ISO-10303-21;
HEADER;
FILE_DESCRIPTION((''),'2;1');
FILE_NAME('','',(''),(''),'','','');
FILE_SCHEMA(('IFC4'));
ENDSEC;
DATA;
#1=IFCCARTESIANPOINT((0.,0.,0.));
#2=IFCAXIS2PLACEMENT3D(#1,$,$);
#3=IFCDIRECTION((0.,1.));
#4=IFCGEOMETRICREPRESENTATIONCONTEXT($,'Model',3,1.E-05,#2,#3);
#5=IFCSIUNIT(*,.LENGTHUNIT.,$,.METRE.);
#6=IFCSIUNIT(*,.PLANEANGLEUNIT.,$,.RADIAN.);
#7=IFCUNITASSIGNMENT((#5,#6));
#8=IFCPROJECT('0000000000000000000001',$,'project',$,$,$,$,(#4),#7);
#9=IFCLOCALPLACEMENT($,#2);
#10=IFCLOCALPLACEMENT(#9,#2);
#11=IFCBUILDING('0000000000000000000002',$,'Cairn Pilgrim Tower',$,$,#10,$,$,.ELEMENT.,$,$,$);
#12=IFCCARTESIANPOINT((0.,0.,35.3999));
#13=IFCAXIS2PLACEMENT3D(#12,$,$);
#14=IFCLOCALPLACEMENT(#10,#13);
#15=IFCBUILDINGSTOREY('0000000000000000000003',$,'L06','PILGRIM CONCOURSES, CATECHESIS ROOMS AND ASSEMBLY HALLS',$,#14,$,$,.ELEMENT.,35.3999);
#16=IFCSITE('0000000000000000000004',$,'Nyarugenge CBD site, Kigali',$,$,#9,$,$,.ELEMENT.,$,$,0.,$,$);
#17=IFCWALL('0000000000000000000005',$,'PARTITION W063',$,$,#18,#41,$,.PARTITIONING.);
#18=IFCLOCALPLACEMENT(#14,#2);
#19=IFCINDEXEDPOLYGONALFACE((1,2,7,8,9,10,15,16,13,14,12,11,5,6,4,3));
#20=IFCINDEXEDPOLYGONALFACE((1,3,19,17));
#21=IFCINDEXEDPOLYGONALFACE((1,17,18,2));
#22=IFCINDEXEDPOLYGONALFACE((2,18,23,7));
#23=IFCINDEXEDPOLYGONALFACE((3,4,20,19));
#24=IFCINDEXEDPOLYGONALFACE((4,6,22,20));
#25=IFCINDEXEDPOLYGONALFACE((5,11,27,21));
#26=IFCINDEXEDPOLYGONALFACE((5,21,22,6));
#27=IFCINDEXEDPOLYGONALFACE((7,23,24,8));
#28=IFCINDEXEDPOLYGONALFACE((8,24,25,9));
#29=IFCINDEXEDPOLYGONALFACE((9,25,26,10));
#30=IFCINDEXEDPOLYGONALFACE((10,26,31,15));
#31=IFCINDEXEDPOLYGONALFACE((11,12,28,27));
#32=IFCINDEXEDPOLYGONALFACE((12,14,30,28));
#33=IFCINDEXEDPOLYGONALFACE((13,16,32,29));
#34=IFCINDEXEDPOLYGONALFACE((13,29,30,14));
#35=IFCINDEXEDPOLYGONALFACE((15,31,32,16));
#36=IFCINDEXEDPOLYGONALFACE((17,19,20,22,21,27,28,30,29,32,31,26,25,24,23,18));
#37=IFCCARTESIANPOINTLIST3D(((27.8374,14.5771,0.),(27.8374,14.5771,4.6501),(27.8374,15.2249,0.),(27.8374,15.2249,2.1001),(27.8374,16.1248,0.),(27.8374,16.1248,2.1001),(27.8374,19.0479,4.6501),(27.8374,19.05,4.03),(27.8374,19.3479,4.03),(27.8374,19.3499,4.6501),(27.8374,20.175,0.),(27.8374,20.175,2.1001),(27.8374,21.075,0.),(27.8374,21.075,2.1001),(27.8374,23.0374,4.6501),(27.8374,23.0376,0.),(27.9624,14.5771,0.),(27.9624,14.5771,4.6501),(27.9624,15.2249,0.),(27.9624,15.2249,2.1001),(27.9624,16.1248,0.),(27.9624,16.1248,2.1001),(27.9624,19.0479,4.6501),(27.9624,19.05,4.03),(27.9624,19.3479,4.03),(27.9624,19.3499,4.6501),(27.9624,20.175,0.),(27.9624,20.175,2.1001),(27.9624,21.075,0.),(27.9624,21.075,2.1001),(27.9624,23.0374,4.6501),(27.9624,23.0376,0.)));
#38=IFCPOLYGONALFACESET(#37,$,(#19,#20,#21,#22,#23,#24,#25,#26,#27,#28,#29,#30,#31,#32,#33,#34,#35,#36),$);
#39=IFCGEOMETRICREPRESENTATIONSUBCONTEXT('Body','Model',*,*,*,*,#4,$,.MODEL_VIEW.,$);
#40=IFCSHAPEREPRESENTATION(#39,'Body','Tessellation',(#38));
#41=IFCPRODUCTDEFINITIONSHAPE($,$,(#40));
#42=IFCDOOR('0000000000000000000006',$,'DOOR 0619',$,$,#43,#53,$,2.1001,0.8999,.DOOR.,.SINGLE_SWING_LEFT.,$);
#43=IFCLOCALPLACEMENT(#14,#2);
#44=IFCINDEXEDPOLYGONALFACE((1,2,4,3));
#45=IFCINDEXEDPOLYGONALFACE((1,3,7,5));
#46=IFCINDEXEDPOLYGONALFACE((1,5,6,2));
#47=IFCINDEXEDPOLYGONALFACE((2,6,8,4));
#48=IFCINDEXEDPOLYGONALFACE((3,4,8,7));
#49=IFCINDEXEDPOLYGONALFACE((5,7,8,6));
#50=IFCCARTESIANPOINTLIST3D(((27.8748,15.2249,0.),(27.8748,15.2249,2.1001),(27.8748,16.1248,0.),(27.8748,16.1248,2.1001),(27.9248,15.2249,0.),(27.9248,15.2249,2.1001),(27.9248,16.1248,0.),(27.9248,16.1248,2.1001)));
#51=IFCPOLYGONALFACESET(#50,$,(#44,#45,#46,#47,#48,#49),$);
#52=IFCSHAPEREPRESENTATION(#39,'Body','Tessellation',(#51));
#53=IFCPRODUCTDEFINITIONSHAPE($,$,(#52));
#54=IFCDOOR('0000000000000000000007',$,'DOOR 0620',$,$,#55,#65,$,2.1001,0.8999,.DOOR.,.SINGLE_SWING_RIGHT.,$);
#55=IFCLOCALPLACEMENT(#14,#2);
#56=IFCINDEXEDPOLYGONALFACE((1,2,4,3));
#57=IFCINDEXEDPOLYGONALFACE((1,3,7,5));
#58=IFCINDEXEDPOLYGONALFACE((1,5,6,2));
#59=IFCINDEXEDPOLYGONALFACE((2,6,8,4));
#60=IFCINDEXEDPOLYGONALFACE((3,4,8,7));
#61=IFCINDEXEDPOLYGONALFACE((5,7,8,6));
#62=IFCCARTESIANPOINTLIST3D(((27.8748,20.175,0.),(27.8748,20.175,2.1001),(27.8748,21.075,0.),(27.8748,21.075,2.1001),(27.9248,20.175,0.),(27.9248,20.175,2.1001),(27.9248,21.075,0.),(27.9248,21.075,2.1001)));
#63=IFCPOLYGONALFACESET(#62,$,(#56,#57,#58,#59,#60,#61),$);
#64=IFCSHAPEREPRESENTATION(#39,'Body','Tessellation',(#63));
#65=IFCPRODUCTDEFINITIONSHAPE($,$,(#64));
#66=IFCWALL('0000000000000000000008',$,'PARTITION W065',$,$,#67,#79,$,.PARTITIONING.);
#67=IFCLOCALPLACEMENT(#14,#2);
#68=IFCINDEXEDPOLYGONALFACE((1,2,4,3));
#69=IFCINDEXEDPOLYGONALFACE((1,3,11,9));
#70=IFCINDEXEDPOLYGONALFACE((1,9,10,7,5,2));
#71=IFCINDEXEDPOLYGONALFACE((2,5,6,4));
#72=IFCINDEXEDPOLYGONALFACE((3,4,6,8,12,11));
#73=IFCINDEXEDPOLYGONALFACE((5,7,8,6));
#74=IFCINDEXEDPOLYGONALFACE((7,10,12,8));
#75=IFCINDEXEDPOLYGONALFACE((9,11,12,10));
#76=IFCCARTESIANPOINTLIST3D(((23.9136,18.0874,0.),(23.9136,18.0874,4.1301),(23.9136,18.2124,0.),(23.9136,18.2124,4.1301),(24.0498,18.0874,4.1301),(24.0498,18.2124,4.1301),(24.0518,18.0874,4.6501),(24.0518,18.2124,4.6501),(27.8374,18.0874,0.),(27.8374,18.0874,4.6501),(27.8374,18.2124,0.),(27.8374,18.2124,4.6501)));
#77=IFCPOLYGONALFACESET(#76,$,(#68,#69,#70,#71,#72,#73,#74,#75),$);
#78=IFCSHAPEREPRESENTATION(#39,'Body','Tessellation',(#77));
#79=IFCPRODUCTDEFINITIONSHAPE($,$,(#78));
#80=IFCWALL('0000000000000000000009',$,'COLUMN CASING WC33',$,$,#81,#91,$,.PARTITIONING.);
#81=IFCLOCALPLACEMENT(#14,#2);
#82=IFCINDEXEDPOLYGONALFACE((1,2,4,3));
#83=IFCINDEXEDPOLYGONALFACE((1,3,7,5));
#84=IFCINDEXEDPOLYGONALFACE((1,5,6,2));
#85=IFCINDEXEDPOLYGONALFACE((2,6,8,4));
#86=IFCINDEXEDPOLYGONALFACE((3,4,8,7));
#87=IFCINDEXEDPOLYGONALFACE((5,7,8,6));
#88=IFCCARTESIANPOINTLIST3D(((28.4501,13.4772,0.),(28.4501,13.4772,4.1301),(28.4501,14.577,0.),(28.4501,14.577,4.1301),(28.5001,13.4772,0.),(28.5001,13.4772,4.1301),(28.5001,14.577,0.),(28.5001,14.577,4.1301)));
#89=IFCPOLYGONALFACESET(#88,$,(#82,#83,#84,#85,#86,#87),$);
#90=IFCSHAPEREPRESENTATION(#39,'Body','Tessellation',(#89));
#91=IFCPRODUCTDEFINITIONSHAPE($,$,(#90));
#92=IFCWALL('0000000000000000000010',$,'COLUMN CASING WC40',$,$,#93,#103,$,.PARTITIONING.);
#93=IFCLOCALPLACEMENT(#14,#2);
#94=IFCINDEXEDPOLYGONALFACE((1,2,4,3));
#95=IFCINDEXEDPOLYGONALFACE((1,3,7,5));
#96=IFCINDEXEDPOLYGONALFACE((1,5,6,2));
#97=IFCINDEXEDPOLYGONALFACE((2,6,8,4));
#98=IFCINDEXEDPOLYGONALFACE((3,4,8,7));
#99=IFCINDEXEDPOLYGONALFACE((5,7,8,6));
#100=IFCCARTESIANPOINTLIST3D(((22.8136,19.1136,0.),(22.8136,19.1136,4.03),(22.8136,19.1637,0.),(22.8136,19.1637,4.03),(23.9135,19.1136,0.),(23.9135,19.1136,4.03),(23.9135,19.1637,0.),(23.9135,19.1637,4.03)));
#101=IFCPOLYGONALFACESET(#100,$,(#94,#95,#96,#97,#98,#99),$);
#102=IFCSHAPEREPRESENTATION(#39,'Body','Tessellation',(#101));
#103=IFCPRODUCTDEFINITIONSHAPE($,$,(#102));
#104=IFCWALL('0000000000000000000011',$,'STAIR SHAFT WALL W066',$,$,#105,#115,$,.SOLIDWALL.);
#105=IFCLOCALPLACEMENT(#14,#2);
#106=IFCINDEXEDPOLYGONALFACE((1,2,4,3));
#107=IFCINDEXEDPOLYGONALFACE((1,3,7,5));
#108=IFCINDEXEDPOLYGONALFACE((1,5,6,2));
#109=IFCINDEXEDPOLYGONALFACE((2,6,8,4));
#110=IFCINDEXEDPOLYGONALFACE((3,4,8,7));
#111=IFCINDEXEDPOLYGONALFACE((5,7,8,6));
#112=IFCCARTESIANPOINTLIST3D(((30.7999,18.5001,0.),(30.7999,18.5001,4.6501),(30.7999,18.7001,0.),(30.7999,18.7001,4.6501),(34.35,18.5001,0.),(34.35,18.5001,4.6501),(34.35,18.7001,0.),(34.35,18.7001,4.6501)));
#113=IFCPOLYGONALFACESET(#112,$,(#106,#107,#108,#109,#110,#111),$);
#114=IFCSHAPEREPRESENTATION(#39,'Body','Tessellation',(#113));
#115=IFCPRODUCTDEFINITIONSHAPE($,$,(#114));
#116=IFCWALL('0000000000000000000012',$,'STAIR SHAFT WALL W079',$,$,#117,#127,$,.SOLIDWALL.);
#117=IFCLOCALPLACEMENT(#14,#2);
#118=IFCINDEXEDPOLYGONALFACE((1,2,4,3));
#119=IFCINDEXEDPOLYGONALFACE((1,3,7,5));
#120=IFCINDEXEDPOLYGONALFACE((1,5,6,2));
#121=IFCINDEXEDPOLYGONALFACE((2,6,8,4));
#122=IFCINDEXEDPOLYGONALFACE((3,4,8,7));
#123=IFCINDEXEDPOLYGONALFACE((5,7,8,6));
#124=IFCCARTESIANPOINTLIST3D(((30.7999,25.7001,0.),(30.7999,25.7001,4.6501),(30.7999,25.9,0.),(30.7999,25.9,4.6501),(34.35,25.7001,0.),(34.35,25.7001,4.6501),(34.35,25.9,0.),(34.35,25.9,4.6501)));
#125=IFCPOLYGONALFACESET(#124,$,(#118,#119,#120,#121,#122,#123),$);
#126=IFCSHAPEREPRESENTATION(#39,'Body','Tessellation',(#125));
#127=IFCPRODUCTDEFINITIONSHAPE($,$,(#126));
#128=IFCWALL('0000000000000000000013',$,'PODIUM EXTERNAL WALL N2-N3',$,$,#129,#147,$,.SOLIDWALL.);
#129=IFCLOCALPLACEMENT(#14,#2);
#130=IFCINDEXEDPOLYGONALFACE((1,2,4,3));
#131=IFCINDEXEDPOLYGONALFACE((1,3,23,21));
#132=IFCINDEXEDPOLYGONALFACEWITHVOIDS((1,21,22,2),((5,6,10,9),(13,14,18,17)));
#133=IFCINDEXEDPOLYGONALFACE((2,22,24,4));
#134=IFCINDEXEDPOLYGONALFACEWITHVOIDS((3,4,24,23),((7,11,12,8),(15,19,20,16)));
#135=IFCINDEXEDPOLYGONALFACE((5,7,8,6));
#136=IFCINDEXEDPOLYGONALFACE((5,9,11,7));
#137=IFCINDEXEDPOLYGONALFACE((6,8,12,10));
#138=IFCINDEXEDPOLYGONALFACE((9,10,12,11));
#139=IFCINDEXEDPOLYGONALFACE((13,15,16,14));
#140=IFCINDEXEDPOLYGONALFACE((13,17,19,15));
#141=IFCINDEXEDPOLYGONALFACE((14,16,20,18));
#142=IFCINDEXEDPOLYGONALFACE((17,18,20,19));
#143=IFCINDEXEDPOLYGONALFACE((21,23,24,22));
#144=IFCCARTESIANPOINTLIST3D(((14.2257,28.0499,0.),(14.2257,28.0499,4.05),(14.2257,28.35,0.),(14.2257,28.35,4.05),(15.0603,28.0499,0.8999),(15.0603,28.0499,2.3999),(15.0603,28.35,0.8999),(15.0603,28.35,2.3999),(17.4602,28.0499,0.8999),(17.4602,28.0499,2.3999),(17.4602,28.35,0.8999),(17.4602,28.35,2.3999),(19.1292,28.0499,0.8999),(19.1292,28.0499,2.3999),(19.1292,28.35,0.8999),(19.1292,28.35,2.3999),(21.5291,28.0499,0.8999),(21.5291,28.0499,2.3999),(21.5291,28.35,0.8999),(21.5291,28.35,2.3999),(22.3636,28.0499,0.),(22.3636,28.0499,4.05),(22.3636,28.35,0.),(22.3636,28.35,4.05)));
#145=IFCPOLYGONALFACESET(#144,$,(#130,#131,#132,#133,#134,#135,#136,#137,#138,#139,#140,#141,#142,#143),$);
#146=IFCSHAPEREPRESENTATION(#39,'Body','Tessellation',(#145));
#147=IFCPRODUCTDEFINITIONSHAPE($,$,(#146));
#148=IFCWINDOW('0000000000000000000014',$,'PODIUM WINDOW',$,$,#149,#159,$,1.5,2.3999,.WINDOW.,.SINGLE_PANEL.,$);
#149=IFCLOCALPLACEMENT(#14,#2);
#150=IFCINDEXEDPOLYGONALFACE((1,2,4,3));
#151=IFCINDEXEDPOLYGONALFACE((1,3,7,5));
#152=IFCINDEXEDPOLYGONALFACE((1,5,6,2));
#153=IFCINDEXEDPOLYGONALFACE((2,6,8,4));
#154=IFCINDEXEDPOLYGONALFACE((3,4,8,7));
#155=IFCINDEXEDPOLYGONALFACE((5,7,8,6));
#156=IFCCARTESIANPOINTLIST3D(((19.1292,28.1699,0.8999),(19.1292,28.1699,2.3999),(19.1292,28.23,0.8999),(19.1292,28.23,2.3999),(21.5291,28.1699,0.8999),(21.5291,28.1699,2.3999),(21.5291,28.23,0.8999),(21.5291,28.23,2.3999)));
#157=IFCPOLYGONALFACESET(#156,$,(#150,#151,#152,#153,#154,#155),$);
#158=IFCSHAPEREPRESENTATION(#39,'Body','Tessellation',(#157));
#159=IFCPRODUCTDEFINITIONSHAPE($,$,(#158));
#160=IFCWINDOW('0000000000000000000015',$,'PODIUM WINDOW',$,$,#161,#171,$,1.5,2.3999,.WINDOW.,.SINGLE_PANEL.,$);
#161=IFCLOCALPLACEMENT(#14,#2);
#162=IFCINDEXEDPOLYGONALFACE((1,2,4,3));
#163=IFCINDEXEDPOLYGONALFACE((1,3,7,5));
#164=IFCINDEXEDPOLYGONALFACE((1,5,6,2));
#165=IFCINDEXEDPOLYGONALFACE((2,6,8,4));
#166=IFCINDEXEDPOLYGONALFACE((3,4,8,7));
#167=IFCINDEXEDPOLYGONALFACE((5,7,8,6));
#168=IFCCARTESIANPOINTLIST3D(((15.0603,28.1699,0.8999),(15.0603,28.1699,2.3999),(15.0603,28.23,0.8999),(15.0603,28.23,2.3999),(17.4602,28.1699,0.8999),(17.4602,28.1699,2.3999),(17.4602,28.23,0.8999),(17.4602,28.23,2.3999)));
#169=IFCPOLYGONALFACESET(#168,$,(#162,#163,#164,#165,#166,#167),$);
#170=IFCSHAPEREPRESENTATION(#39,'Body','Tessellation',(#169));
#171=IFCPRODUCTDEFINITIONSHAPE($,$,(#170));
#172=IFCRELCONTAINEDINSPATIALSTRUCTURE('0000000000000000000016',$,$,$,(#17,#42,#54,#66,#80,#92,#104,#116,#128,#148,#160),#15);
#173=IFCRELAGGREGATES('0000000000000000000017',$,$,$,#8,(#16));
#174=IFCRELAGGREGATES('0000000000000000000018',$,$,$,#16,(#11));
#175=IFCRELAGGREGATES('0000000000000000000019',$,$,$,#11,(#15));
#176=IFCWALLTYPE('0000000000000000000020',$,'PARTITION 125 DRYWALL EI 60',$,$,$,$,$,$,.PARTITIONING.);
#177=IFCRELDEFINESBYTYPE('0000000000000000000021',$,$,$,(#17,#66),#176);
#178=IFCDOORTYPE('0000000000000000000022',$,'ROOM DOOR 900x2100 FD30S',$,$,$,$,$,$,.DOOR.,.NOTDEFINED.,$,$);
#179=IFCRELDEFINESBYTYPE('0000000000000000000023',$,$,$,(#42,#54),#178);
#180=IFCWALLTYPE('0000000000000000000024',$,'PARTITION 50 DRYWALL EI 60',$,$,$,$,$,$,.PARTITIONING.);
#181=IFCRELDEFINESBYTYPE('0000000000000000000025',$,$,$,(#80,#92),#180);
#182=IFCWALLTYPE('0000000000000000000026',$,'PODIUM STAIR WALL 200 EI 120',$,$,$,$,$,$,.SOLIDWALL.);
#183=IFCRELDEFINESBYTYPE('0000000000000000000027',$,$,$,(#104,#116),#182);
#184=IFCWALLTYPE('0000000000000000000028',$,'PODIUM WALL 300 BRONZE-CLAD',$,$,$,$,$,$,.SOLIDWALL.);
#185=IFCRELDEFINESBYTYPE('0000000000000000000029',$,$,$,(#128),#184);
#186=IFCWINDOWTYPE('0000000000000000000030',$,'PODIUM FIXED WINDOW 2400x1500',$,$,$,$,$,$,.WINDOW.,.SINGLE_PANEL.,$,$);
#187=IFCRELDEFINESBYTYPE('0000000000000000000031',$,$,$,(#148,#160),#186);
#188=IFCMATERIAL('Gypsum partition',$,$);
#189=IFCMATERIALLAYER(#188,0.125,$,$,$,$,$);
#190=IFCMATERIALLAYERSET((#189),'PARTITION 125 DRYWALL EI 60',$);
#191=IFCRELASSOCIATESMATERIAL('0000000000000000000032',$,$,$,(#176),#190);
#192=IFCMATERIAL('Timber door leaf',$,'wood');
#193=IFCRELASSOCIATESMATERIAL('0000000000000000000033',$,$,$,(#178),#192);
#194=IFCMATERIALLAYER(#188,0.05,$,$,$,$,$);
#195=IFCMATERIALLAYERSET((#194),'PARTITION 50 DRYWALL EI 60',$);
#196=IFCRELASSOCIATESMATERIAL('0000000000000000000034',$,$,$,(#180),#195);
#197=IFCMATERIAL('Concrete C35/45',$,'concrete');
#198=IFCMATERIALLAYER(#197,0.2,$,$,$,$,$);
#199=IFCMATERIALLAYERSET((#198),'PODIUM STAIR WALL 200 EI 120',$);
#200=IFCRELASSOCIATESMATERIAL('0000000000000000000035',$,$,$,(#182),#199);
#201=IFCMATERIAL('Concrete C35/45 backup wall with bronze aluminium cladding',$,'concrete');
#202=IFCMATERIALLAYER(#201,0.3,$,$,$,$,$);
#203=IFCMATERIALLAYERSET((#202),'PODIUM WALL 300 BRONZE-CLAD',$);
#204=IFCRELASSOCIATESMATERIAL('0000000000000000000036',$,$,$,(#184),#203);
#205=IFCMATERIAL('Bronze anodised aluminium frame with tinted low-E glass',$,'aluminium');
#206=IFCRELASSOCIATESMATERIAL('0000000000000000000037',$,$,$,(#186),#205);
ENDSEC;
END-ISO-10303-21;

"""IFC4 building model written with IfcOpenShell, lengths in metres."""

from ifc_helpers import new_model, si_unit, direction, frame, frame_2d, origin, place, context, subcontext, project, spatial, polyline, rectangle, outline, extrude, material, layer, layer_set, type_object, element, fill, save


model = new_model("IFC4")

# Units and contexts
model_context = context("Model", 3, precision=1e-05, world=origin(), true_north=direction((0.0, 1.0)))
body_context = subcontext(model_context, "Body", "Model", "MODEL_VIEW")
ifc_project = project(units=[si_unit("LENGTHUNIT", "METRE"), si_unit("PLANEANGLEUNIT", "RADIAN")], contexts=[model_context])

# Site, building, storey
site_placement = place(None, origin())
site = spatial("IfcSite", under=ifc_project, at=site_placement, Name="Nyarugenge CBD site, Kigali", CompositionType="ELEMENT", RefElevation=0.0)
building_placement = place(site_placement, origin())
building = spatial("IfcBuilding", under=site, at=building_placement, Name="Cairn Pilgrim Tower", CompositionType="ELEMENT")
storey_placement = place(building_placement, frame((0.0, 0.0, 35.3999)))
storey = spatial("IfcBuildingStorey", under=building, at=storey_placement, Name="L06", Description="PILGRIM CONCOURSES, CATECHESIS ROOMS AND ASSEMBLY HALLS", CompositionType="ELEMENT", Elevation=35.3999)

# Wall, openings, doors
ifc_material_1 = material(Name="Gypsum partition")
ifc_layer_1 = layer(ifc_material_1, 0.125)
ifc_layer_set_1 = layer_set([ifc_layer_1], Name="PARTITION 125 DRYWALL EI 60")
wall_type_1 = type_object("IfcWallType", Name="PARTITION 125 DRYWALL EI 60", PredefinedType="PARTITIONING", material=ifc_layer_set_1)
wall_1_placement = place(storey_placement, frame((27.8999, 14.5771, 0.0), z_axis=(0.0, 0.0, 1.0), x_axis=(0.0, 1.0, 0.0)))
wall_1 = element("IfcWall", 1, at=wall_1_placement, inside=storey, type_object=wall_type_1, Name="PARTITION W063", PredefinedType="PARTITIONING", context=body_context, shape_type="SweptSolid", body=[
    extrude(outline(polyline([(0.0, 0.0), (8.4604, 0.0), (8.4602, 4.6501), (4.7727, 4.6501), (4.7708, 4.03), (4.4729, 4.03), (4.4707, 4.6501), (0.0, 4.6501), (0.0, 0.0)])), frame((0.0, 0.0625, 0.0), z_axis=(0.0, -1.0, 0.0), x_axis=(1.0, 0.0, 0.0)), (0.0, 0.0, 1.0), 0.125),
])
opening_1_placement = place(wall_1_placement, frame((0.6477, 0.0, 0.0)))
opening_1 = element("IfcOpeningElement", 2, at=opening_1_placement, cuts=wall_1, PredefinedType="OPENING", context=body_context, shape_type="SweptSolid", body=[
    extrude(rectangle(XDim=0.8999, YDim=2.1001, at=frame_2d((0.45, 1.05))), frame((0.0, 0.0725, 0.0), z_axis=(0.0, -1.0, 0.0), x_axis=(1.0, 0.0, 0.0)), (0.0, 0.0, 1.0), 0.145),
])
opening_2_placement = place(wall_1_placement, frame((5.5979, 0.0, 0.0)))
opening_2 = element("IfcOpeningElement", 3, at=opening_2_placement, cuts=wall_1, PredefinedType="OPENING", context=body_context, shape_type="SweptSolid", body=[
    extrude(rectangle(XDim=0.8999, YDim=2.1001, at=frame_2d((0.45, 1.05))), frame((0.0, 0.0725, 0.0), z_axis=(0.0, -1.0, 0.0), x_axis=(1.0, 0.0, 0.0)), (0.0, 0.0, 1.0), 0.145),
])
ifc_material_2 = material(Name="Timber door leaf", Category="wood")
door_type = type_object("IfcDoorType", Name="ROOM DOOR 900x2100 FD30S", OperationType="NOTDEFINED", PredefinedType="DOOR", material=ifc_material_2)
door_1_placement = place(opening_1_placement, frame((0.8999, 0.0, 0.0), z_axis=(0.0, 0.0, 1.0), x_axis=(-1.0, 0.0, 0.0)))
door_1 = element("IfcDoor", 4, at=door_1_placement, inside=storey, type_object=door_type, Name="DOOR 0619", OperationType="SINGLE_SWING_LEFT", OverallHeight=2.1001, OverallWidth=0.8999, PredefinedType="DOOR", context=body_context, shape_type="SweptSolid", body=[
    extrude(rectangle(XDim=0.8999, YDim=2.1001, at=frame_2d((0.45, 1.05))), frame((0.0, 0.0249, 0.0), z_axis=(0.0, -1.0, 0.0), x_axis=(1.0, 0.0, 0.0)), (0.0, 0.0, 1.0), 0.05),
])
fill(opening_1, door_1)
door_2_placement = place(opening_2_placement, frame((0.8999, 0.0, 0.0), z_axis=(0.0, 0.0, 1.0), x_axis=(-1.0, 0.0, 0.0)))
door_2 = element("IfcDoor", 5, at=door_2_placement, inside=storey, type_object=door_type, Name="DOOR 0620", OperationType="SINGLE_SWING_RIGHT", OverallHeight=2.1001, OverallWidth=0.8999, PredefinedType="DOOR", context=body_context, shape_type="SweptSolid", body=[
    extrude(rectangle(XDim=0.8999, YDim=2.1001, at=frame_2d((0.45, 1.05))), frame((0.0, 0.0249, 0.0), z_axis=(0.0, -1.0, 0.0), x_axis=(1.0, 0.0, 0.0)), (0.0, 0.0, 1.0), 0.05),
])
fill(opening_2, door_2)

# Walls
wall_2_placement = place(storey_placement, frame((23.9136, 18.1499, 0.0), z_axis=(0.0, 0.0, 1.0), x_axis=(1.0, 0.0, 0.0)))
element("IfcWall", 6, at=wall_2_placement, inside=storey, type_object=wall_type_1, Name="PARTITION W065", PredefinedType="PARTITIONING", context=body_context, shape_type="SweptSolid", body=[
    extrude(outline(polyline([(0.0, 0.0), (3.9238, 0.0), (3.9238, 4.6501), (0.1382, 4.6501), (0.1362, 4.1301), (0.0, 4.1301), (0.0, 0.0)])), frame((0.0, 0.0625, 0.0), z_axis=(0.0, -1.0, 0.0), x_axis=(1.0, 0.0, 0.0)), (0.0, 0.0, 1.0), 0.125),
])
ifc_layer_2 = layer(ifc_material_1, 0.05)
ifc_layer_set_2 = layer_set([ifc_layer_2], Name="PARTITION 50 DRYWALL EI 60")
wall_type_2 = type_object("IfcWallType", Name="PARTITION 50 DRYWALL EI 60", PredefinedType="PARTITIONING", material=ifc_layer_set_2)
wall_3_placement = place(storey_placement, frame((28.4751, 13.4773, 0.0), z_axis=(0.0, 0.0, 1.0), x_axis=(0.0, 1.0, 0.0)))
element("IfcWall", 7, at=wall_3_placement, inside=storey, type_object=wall_type_2, Name="COLUMN CASING WC33", PredefinedType="PARTITIONING", context=body_context, shape_type="SweptSolid", body=[
    extrude(rectangle(XDim=1.0999, YDim=0.05, at=frame_2d((0.5498, 0.0))), origin(), (0.0, 0.0, 1.0), 4.1301),
])
wall_4_placement = place(storey_placement, frame((22.8137, 19.1387, 0.0), z_axis=(0.0, 0.0, 1.0), x_axis=(1.0, 0.0, 0.0)))
element("IfcWall", 8, at=wall_4_placement, inside=storey, type_object=wall_type_2, Name="COLUMN CASING WC40", PredefinedType="PARTITIONING", context=body_context, shape_type="SweptSolid", body=[
    extrude(rectangle(XDim=1.0999, YDim=0.05, at=frame_2d((0.5498, 0.0))), origin(), (0.0, 0.0, 1.0), 4.03),
])
ifc_material_3 = material(Name="Concrete C35/45", Category="concrete")
ifc_layer_3 = layer(ifc_material_3, 0.2)
ifc_layer_set_3 = layer_set([ifc_layer_3], Name="PODIUM STAIR WALL 200 EI 120")
wall_type_3 = type_object("IfcWallType", Name="PODIUM STAIR WALL 200 EI 120", PredefinedType="SOLIDWALL", material=ifc_layer_set_3)
for number, where, z_axis, x_axis, name in (
    (9, (30.8, 18.6001, 0.0), (0.0, 0.0, 1.0), (1.0, 0.0, 0.0), "STAIR SHAFT WALL W066"),
    (10, (30.8, 25.8, 0.0), (0.0, 0.0, 1.0), (1.0, 0.0, 0.0), "STAIR SHAFT WALL W079"),
):
    element("IfcWall", number, at=place(storey_placement, frame(where, z_axis=z_axis, x_axis=x_axis)), inside=storey, type_object=wall_type_3, Name=name, PredefinedType="SOLIDWALL", context=body_context, shape_type="SweptSolid", body=[
        extrude(rectangle(XDim=3.55, YDim=0.2, at=frame_2d((1.7749, 0.0))), origin(), (0.0, 0.0, 1.0), 4.6501),
    ])

# Wall, openings, windows
ifc_material_4 = material(Name="Concrete C35/45 backup wall with bronze aluminium cladding", Category="concrete")
ifc_layer_4 = layer(ifc_material_4, 0.3)
ifc_layer_set_4 = layer_set([ifc_layer_4], Name="PODIUM WALL 300 BRONZE-CLAD")
wall_type_4 = type_object("IfcWallType", Name="PODIUM WALL 300 BRONZE-CLAD", PredefinedType="SOLIDWALL", material=ifc_layer_set_4)
wall_5_placement = place(storey_placement, frame((22.3635, 28.2, 0.0), z_axis=(0.0, 0.0, 1.0), x_axis=(-1.0, 0.0, 0.0)))
wall_5 = element("IfcWall", 11, at=wall_5_placement, inside=storey, type_object=wall_type_4, Name="PODIUM EXTERNAL WALL N2-N3", PredefinedType="SOLIDWALL", context=body_context, shape_type="SweptSolid", body=[
    extrude(rectangle(XDim=8.1379, YDim=0.3, at=frame_2d((4.0688, 0.0))), origin(), (0.0, 0.0, 1.0), 4.05),
])
opening_3_placement = place(wall_5_placement, frame((0.8345, 0.0, 0.8999)))
opening_3 = element("IfcOpeningElement", 12, at=opening_3_placement, cuts=wall_5, PredefinedType="OPENING", context=body_context, shape_type="SweptSolid", body=[
    extrude(rectangle(XDim=2.3999, YDim=1.5, at=frame_2d((1.2, 0.75))), frame((0.0, 0.1602, 0.0), z_axis=(0.0, -1.0, 0.0), x_axis=(1.0, 0.0, 0.0)), (0.0, 0.0, 1.0), 0.3201),
])
opening_4_placement = place(wall_5_placement, frame((4.9033, 0.0, 0.8999)))
opening_4 = element("IfcOpeningElement", 13, at=opening_4_placement, cuts=wall_5, PredefinedType="OPENING", context=body_context, shape_type="SweptSolid", body=[
    extrude(rectangle(XDim=2.3999, YDim=1.5, at=frame_2d((1.2, 0.75))), frame((0.0, 0.1602, 0.0), z_axis=(0.0, -1.0, 0.0), x_axis=(1.0, 0.0, 0.0)), (0.0, 0.0, 1.0), 0.3201),
])
ifc_material_5 = material(Name="Bronze anodised aluminium frame with tinted low-E glass", Category="aluminium")
window_type = type_object("IfcWindowType", Name="PODIUM FIXED WINDOW 2400x1500", PartitioningType="SINGLE_PANEL", PredefinedType="WINDOW", material=ifc_material_5)
window_1_placement = place(opening_3_placement, origin())
window_1 = element("IfcWindow", 14, at=window_1_placement, inside=storey, type_object=window_type, Name="PODIUM WINDOW", OverallHeight=1.5, OverallWidth=2.3999, PartitioningType="SINGLE_PANEL", PredefinedType="WINDOW", context=body_context, shape_type="SweptSolid", body=[
    extrude(rectangle(XDim=2.3999, YDim=1.5, at=frame_2d((1.2, 0.75))), frame((0.0, 0.03, 0.0), z_axis=(0.0, -1.0, 0.0), x_axis=(1.0, 0.0, 0.0)), (0.0, 0.0, 1.0), 0.0601),
])
fill(opening_3, window_1)
window_2_placement = place(opening_4_placement, origin())
window_2 = element("IfcWindow", 15, at=window_2_placement, inside=storey, type_object=window_type, Name="PODIUM WINDOW", OverallHeight=1.5, OverallWidth=2.3999, PartitioningType="SINGLE_PANEL", PredefinedType="WINDOW", context=body_context, shape_type="SweptSolid", body=[
    extrude(rectangle(XDim=2.3999, YDim=1.5, at=frame_2d((1.2, 0.75))), frame((0.0, 0.03, 0.0), z_axis=(0.0, -1.0, 0.0), x_axis=(1.0, 0.0, 0.0)), (0.0, 0.0, 1.0), 0.0601),
])
fill(opening_4, window_2)

save(model, "model.ifc")
